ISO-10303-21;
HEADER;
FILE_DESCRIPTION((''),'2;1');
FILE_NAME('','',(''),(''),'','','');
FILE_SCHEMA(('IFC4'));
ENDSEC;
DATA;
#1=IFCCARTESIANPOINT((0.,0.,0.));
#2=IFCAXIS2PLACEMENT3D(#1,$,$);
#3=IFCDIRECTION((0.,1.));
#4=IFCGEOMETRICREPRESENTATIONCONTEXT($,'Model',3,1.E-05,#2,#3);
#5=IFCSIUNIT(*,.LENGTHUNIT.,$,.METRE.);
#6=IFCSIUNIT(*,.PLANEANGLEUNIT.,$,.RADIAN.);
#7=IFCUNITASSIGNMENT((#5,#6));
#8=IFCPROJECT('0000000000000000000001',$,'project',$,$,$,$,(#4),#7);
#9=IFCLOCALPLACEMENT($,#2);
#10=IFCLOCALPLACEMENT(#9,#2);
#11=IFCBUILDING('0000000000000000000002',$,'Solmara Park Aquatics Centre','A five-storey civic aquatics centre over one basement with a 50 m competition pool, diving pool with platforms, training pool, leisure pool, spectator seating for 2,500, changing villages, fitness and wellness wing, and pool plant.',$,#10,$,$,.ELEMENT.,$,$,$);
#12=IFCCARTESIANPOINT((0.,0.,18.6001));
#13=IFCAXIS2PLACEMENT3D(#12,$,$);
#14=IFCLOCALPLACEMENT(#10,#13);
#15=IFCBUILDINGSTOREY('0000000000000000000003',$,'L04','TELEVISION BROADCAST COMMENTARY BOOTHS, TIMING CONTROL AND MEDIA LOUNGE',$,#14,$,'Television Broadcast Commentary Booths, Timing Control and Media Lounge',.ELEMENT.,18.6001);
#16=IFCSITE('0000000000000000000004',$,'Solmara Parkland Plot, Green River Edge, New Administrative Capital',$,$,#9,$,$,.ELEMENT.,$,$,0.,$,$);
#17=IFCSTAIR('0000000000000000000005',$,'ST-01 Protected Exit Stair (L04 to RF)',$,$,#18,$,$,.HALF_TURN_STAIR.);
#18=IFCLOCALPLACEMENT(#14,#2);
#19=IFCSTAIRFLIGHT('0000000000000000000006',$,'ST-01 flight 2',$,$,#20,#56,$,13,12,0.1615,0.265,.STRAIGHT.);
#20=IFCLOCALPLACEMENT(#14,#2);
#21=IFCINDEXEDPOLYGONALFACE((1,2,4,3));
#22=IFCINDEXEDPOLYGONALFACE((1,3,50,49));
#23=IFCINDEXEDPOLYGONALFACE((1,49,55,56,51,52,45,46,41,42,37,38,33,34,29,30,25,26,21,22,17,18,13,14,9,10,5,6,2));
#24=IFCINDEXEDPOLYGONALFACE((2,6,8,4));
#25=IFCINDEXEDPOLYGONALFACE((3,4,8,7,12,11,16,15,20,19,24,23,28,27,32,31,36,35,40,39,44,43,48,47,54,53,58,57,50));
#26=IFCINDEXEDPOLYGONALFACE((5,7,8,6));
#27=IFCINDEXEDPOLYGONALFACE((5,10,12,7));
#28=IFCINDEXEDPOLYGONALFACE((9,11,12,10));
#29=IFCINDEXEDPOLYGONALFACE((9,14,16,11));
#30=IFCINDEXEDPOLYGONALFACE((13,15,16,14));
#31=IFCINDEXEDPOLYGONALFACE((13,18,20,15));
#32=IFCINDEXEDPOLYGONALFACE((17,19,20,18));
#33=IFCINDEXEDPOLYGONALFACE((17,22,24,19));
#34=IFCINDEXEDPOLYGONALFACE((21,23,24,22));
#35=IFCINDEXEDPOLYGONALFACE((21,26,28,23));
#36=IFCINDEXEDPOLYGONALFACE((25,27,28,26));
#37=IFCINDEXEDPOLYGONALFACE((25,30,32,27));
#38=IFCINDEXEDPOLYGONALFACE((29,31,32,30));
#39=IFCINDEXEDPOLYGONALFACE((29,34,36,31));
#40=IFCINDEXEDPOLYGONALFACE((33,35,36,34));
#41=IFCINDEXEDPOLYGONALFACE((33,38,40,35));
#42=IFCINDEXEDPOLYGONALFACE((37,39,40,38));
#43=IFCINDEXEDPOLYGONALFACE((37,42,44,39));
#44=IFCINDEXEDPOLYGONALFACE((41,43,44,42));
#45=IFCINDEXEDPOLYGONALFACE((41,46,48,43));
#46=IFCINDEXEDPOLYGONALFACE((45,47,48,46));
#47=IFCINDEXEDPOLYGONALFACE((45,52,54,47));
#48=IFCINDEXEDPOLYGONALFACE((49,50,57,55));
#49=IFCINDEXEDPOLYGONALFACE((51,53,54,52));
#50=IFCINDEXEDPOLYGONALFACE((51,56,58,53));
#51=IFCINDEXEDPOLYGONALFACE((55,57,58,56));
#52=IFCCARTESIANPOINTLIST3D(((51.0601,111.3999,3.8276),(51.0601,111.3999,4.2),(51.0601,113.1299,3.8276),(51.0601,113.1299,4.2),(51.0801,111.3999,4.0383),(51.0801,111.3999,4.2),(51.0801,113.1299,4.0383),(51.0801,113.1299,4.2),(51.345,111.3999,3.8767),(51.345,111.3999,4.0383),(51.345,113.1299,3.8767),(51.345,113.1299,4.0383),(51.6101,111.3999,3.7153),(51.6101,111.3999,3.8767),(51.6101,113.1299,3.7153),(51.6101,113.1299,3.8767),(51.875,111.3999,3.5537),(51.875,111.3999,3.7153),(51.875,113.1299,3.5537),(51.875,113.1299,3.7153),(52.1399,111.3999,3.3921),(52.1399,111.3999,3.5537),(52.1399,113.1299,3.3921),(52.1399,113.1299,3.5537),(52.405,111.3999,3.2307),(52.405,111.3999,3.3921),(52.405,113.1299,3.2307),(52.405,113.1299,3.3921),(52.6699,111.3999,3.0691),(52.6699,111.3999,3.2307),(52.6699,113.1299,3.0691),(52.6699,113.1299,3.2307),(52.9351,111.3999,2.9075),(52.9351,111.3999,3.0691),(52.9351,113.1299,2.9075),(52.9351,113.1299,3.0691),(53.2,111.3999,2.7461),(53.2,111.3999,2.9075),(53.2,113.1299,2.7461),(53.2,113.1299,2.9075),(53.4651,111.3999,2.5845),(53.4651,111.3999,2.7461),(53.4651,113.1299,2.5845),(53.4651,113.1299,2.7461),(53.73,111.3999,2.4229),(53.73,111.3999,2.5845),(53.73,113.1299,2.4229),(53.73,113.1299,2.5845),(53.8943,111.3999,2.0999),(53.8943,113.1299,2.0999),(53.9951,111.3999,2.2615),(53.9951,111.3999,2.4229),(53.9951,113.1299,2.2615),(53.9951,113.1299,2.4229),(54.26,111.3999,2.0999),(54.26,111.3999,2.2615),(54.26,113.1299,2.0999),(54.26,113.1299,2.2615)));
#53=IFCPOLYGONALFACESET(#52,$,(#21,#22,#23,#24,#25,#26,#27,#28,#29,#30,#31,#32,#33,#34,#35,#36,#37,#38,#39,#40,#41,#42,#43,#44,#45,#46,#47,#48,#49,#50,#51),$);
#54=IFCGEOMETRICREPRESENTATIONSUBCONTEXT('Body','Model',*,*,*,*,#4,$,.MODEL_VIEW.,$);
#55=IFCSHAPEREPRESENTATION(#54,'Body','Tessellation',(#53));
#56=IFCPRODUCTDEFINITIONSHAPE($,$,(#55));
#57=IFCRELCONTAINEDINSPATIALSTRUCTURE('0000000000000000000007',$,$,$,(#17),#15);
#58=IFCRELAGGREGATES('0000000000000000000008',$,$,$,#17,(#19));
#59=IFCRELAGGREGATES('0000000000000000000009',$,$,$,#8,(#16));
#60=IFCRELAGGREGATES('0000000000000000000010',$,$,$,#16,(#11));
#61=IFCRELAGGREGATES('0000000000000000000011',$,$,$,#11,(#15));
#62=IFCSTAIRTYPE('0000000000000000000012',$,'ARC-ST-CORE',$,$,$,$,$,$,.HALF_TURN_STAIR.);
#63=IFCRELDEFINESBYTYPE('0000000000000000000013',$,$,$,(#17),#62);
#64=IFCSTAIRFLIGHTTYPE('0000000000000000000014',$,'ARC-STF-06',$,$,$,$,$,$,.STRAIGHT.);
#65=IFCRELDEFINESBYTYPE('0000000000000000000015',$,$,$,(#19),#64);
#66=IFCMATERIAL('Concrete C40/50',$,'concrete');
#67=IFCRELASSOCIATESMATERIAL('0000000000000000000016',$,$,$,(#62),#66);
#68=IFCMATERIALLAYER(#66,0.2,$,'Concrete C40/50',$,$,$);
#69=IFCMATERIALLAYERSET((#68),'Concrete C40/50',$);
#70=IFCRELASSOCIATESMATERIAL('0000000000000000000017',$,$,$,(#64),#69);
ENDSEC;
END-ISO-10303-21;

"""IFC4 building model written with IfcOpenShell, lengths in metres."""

from ifc_helpers import new_model, si_unit, direction, frame, origin, place, context, subcontext, project, spatial, polyline, outline, extrude, material, layer, layer_set, type_object, element, aggregate, save


model = new_model("IFC4")

# Units and contexts
model_context = context("Model", 3, precision=1e-05, world=origin(), true_north=direction((0.0, 1.0)))
body_context = subcontext(model_context, "Body", "Model", "MODEL_VIEW")
ifc_project = project(units=[si_unit("LENGTHUNIT", "METRE"), si_unit("PLANEANGLEUNIT", "RADIAN")], contexts=[model_context])

# Site, building, storey
site_placement = place(None, origin())
site = spatial("IfcSite", under=ifc_project, at=site_placement, Name="Solmara Parkland Plot, Green River Edge, New Administrative Capital", CompositionType="ELEMENT", RefElevation=0.0)
building_placement = place(site_placement, origin())
building = spatial("IfcBuilding", under=site, at=building_placement, Name="Solmara Park Aquatics Centre", Description="A five-storey civic aquatics centre over one basement with a 50 m competition pool, diving pool with platforms, training pool, leisure pool, spectator seating for 2,500, changing villages, fitness and wellness wing, and pool plant.", CompositionType="ELEMENT")
storey_placement = place(building_placement, frame((0.0, 0.0, 18.6001)))
storey = spatial("IfcBuildingStorey", under=building, at=storey_placement, Name="L04", Description="TELEVISION BROADCAST COMMENTARY BOOTHS, TIMING CONTROL AND MEDIA LOUNGE", LongName="Television Broadcast Commentary Booths, Timing Control and Media Lounge", CompositionType="ELEMENT", Elevation=18.6001)

# Stair, stair flight
ifc_material_1 = material(Name="Concrete C40/50", Category="concrete")
stair_type = type_object("IfcStairType", Name="ARC-ST-CORE", PredefinedType="HALF_TURN_STAIR", material=ifc_material_1)
stair_placement = place(storey_placement, origin())
stair = element("IfcStair", 1, at=stair_placement, inside=storey, type_object=stair_type, Name="ST-01 Protected Exit Stair (L04 to RF)", PredefinedType="HALF_TURN_STAIR")
ifc_layer_1 = layer(ifc_material_1, 0.2, Name="Concrete C40/50")
ifc_layer_set_1 = layer_set([ifc_layer_1], Name="Concrete C40/50")
stair_flight_type = type_object("IfcStairFlightType", Name="ARC-STF-06", PredefinedType="STRAIGHT", material=ifc_layer_set_1)
stair_flight_1_placement = place(storey_placement, frame((54.26, 112.2649, 2.0999), z_axis=(0.0, 0.0, 1.0), x_axis=(-1.0, 0.0, 0.0)))
stair_flight_1 = element("IfcStairFlight", 2, at=stair_flight_1_placement, type_object=stair_flight_type, Name="ST-01 flight 2", NumberOfRisers=13, NumberOfTreads=12, PredefinedType="STRAIGHT", RiserHeight=0.1615, TreadLength=0.265, context=body_context, shape_type="SweptSolid", body=[
    extrude(outline(polyline([(0.0, 0.0), (0.0, 0.1616), (0.2649, 0.1616), (0.2649, 0.323), (0.53, 0.323), (0.53, 0.4846), (0.7949, 0.4846), (0.7949, 0.6462), (1.0601, 0.6462), (1.0601, 0.8076), (1.325, 0.8076), (1.325, 0.9692), (1.5901, 0.9692), (1.5901, 1.1309), (1.855, 1.1309), (1.855, 1.2922), (2.1201, 1.2922), (2.1201, 1.4539), (2.385, 1.4539), (2.385, 1.6155), (2.6499, 1.6155), (2.6499, 1.7769), (2.915, 1.7769), (2.915, 1.9385), (3.1799, 1.9385), (3.1799, 2.1001), (3.2, 2.1001), (3.2, 1.7278), (0.3657, 0.0), (0.0, 0.0)])), frame((0.0, 0.865, 0.0), z_axis=(0.0, -1.0, 0.0), x_axis=(1.0, 0.0, 0.0)), (0.0, 0.0, 1.0), 1.73),
])
aggregate(stair, [stair_flight_1])

save(model, "model.ifc")
